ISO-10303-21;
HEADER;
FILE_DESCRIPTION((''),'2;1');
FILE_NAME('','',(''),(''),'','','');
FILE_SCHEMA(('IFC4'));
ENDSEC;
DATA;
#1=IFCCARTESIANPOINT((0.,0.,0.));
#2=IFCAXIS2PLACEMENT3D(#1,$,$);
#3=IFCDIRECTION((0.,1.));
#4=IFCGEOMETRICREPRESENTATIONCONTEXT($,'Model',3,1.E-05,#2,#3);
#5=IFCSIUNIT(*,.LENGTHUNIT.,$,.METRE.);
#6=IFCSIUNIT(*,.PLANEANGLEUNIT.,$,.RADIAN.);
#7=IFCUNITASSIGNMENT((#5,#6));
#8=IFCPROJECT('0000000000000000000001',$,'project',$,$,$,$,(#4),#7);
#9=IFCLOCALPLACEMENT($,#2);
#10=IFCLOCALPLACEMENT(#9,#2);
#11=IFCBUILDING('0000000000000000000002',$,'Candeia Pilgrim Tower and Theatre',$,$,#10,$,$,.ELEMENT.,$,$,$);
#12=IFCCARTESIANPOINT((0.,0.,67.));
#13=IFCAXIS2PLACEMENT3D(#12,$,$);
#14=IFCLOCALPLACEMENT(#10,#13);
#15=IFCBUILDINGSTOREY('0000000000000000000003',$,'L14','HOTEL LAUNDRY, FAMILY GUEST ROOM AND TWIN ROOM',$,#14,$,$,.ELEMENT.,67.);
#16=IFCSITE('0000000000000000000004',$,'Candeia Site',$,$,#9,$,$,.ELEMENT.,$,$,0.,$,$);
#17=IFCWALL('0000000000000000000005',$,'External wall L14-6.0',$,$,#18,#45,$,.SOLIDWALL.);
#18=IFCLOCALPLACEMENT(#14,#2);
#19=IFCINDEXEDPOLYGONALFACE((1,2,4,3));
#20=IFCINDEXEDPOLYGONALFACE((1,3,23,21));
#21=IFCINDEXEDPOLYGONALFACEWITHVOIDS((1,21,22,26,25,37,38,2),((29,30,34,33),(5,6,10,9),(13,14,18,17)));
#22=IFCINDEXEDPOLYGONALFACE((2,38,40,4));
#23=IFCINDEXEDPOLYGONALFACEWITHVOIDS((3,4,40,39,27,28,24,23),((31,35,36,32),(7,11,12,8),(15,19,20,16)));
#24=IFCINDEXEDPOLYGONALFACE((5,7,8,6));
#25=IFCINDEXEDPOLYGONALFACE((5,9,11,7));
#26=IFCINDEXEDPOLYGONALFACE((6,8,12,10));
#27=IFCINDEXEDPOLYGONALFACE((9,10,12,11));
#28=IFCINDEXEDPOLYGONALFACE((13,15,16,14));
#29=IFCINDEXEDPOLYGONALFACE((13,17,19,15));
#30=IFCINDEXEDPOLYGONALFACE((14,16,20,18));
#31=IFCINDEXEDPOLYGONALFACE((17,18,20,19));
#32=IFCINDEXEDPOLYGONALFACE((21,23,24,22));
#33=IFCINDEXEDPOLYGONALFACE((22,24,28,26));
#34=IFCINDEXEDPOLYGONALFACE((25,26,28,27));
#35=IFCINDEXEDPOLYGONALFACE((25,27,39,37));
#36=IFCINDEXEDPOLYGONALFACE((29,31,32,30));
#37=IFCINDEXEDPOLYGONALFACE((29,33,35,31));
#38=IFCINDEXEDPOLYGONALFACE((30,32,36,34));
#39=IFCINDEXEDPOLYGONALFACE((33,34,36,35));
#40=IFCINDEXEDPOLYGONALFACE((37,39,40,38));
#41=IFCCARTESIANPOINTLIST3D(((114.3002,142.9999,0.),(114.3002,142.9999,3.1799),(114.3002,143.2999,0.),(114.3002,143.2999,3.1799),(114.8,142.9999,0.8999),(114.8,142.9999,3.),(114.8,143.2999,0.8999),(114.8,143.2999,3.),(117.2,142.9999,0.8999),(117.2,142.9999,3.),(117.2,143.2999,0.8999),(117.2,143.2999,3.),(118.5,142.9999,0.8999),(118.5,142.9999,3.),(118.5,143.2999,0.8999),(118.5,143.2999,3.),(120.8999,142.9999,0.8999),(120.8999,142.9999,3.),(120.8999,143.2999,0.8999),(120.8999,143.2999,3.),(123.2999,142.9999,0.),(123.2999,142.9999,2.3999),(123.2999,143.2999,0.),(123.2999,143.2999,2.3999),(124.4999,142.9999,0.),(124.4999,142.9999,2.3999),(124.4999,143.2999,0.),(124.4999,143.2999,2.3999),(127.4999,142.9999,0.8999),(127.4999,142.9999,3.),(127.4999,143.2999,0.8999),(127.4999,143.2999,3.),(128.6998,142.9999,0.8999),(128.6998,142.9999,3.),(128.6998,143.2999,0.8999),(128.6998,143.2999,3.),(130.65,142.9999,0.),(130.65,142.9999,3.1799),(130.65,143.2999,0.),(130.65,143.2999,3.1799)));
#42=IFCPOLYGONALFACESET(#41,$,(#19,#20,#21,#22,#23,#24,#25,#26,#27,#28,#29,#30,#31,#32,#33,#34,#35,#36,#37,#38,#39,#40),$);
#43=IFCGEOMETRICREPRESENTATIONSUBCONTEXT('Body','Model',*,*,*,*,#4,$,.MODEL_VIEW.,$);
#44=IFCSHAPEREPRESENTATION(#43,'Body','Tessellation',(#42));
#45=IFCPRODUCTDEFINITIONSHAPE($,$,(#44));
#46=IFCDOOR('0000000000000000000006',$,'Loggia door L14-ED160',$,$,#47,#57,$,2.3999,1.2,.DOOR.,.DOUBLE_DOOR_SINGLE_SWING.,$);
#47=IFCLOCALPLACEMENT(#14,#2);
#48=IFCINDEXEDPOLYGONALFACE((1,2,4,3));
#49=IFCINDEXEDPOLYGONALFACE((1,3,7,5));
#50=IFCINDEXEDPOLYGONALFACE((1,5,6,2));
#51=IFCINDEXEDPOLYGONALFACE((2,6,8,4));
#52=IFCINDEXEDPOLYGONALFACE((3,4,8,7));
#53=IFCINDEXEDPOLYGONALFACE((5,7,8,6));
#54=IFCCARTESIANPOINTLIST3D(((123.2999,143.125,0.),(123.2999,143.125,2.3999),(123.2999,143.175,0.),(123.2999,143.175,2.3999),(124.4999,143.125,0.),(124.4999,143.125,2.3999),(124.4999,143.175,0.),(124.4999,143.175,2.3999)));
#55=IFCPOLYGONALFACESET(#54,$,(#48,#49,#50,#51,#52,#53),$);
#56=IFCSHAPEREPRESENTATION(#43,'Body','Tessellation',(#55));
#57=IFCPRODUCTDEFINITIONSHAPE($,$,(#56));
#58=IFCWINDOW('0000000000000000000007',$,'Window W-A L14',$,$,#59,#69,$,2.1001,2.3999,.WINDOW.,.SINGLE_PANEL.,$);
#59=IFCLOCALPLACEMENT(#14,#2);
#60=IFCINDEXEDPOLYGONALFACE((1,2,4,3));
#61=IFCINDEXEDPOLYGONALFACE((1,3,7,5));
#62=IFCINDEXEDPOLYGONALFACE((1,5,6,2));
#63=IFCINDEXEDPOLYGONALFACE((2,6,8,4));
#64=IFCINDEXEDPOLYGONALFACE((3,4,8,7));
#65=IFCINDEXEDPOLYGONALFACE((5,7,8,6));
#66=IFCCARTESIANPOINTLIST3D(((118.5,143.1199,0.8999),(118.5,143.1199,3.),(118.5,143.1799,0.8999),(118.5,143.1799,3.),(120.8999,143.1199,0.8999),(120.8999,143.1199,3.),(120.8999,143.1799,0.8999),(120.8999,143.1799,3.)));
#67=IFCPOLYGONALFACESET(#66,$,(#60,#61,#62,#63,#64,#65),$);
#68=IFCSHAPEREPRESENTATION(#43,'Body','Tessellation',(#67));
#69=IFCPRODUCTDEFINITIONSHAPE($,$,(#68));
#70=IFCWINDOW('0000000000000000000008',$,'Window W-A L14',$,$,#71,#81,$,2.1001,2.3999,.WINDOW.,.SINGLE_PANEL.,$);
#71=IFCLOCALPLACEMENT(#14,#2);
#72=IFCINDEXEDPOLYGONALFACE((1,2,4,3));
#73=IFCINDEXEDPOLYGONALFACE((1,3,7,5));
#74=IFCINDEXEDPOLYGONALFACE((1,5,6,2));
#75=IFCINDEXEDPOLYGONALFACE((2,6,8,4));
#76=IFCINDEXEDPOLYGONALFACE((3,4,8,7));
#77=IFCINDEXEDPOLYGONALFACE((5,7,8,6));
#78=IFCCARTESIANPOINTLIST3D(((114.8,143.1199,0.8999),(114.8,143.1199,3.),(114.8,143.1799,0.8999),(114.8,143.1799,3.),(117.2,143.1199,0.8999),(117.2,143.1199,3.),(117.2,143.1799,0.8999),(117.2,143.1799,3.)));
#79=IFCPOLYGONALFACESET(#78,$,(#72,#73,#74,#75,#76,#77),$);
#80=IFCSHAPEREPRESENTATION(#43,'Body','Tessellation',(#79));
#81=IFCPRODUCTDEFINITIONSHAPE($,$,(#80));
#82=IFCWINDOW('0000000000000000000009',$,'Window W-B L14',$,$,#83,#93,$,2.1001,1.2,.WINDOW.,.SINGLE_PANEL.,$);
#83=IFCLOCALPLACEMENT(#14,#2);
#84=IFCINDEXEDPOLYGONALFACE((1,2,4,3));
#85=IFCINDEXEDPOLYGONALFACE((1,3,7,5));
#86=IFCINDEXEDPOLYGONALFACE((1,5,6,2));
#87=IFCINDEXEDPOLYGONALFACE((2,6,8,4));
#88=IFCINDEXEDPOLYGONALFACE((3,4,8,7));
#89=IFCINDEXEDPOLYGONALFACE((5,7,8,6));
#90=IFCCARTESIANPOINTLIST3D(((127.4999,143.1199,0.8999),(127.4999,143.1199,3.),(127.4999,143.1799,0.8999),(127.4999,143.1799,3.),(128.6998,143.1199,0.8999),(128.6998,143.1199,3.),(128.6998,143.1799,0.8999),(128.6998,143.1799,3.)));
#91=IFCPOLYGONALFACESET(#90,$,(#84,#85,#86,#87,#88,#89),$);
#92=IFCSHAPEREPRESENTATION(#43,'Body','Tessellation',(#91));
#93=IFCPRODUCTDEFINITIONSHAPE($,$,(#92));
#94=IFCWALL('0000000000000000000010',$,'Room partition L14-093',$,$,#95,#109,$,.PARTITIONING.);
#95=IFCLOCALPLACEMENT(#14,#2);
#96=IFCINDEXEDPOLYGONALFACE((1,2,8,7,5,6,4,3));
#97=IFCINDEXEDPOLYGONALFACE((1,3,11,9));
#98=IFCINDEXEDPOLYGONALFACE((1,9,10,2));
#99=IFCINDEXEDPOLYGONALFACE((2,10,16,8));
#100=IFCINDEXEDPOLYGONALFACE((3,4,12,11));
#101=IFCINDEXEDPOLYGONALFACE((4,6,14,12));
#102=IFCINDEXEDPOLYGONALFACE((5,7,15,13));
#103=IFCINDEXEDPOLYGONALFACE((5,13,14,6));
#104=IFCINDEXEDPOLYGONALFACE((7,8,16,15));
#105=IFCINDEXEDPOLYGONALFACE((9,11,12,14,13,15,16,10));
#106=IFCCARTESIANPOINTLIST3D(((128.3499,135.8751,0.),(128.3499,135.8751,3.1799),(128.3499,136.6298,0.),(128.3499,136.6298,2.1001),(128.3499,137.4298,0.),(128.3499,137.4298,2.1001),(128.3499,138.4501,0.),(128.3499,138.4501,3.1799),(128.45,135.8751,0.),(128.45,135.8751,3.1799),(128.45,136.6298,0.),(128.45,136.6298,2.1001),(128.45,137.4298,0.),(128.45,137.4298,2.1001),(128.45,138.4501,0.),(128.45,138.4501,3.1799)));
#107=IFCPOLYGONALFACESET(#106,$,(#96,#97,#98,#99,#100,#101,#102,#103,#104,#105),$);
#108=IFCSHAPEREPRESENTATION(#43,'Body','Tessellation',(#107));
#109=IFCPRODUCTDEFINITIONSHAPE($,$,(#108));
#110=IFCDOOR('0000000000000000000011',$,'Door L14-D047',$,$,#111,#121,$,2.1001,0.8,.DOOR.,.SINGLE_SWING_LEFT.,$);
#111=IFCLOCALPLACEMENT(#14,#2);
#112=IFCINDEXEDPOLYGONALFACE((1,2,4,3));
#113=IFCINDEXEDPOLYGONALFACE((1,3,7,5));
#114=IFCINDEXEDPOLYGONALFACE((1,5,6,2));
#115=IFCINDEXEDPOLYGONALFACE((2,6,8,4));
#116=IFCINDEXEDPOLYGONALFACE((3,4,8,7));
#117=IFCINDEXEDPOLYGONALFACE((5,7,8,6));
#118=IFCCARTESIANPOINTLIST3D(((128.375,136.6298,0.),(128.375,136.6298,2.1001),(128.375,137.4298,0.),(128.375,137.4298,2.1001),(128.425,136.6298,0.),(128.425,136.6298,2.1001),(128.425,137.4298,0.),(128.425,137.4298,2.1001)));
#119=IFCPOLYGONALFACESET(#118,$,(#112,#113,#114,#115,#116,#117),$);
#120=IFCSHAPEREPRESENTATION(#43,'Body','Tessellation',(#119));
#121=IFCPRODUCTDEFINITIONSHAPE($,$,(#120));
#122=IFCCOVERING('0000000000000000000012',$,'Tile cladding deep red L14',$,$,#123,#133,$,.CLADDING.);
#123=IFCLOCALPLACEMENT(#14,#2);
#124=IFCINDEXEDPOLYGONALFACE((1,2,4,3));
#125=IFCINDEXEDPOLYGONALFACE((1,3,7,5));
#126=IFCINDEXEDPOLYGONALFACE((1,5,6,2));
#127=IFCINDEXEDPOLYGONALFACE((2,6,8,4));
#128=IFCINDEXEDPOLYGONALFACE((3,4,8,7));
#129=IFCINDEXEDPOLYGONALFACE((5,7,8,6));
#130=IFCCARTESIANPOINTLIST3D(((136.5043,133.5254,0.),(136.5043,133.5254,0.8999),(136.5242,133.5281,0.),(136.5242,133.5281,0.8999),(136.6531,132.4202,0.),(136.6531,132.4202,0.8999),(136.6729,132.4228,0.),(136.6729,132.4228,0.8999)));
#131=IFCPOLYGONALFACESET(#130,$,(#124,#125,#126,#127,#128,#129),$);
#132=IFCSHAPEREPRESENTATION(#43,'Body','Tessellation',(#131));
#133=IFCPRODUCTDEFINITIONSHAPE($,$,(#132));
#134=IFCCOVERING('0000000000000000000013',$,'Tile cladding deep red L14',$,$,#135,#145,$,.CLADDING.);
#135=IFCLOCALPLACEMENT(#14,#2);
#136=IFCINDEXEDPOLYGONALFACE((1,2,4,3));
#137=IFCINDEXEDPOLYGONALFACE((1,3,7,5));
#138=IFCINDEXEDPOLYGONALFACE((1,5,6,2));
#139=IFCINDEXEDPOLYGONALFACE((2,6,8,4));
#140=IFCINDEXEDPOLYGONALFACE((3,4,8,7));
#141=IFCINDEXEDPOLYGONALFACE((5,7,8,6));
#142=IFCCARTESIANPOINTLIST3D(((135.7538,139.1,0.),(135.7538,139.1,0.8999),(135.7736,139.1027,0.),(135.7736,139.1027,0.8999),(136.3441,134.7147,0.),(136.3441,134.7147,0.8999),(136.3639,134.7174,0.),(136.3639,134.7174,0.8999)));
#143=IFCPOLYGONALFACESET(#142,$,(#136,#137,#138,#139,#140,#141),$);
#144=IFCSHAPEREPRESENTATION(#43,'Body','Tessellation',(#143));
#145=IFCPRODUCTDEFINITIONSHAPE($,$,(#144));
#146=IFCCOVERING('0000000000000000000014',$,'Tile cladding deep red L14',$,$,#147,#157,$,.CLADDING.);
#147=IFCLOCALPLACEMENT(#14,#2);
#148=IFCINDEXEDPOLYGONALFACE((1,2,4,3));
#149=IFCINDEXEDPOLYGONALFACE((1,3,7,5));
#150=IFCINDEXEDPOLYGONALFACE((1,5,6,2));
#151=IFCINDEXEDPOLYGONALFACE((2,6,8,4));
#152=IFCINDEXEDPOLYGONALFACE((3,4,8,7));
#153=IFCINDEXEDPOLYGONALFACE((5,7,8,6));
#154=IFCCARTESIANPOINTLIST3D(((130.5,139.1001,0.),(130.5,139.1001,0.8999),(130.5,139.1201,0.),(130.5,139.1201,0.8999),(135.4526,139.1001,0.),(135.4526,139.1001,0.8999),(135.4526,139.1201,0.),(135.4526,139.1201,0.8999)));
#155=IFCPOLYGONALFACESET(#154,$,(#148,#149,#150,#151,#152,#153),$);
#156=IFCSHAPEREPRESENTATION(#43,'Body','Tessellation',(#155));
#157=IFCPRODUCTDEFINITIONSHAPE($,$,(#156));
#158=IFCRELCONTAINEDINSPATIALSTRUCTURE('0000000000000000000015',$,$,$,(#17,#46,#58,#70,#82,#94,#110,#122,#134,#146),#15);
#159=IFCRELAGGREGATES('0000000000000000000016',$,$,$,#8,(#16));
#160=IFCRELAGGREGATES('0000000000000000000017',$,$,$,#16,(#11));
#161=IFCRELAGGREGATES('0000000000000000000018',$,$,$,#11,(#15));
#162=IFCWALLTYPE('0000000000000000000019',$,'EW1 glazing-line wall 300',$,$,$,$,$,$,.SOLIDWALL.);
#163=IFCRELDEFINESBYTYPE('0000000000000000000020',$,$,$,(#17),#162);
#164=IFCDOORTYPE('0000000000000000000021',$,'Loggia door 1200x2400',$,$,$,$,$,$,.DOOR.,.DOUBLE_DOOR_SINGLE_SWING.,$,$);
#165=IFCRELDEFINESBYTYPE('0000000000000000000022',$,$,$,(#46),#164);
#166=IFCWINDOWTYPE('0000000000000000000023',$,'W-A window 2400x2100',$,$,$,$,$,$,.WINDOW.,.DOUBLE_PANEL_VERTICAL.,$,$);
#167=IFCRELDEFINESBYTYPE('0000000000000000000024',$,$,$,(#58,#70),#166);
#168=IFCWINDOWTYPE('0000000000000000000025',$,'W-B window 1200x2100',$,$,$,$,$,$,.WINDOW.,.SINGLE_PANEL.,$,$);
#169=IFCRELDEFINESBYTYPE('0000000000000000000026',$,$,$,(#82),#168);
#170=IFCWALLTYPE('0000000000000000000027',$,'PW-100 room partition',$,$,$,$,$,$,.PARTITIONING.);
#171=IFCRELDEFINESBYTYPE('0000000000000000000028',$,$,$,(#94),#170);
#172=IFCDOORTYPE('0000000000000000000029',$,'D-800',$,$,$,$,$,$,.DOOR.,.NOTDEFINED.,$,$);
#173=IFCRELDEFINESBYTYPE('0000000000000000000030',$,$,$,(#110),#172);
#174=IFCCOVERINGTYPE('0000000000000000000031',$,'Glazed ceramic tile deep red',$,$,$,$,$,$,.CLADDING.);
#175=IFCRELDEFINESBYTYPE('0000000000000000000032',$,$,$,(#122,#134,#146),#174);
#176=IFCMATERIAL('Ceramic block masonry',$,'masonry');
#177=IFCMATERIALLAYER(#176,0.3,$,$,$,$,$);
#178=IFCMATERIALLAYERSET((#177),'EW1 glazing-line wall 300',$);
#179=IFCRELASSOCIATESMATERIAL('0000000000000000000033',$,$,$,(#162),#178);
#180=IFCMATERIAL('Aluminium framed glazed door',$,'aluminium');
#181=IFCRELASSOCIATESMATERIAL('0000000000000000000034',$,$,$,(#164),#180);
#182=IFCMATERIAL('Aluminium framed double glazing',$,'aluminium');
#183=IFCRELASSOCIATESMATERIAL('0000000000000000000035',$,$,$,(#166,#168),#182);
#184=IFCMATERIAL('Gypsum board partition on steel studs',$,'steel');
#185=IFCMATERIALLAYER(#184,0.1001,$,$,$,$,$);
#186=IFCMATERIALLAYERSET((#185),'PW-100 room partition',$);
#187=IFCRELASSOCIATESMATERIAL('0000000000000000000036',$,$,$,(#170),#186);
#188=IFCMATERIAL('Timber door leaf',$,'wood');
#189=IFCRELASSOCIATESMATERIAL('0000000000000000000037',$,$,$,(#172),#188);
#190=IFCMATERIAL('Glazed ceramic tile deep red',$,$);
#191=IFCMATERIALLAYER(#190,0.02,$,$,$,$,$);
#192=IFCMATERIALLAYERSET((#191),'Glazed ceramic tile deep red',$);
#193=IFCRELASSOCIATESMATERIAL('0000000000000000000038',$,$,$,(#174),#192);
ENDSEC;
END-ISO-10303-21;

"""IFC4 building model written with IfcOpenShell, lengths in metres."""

from ifc_helpers import new_model, si_unit, direction, frame, frame_2d, origin, origin_2d, place, context, subcontext, project, spatial, rectangle, extrude, material, layer, layer_set, type_object, element, fill, save


model = new_model("IFC4")

# Units and contexts
model_context = context("Model", 3, precision=1e-05, world=origin(), true_north=direction((0.0, 1.0)))
body_context = subcontext(model_context, "Body", "Model", "MODEL_VIEW")
ifc_project = project(units=[si_unit("LENGTHUNIT", "METRE"), si_unit("PLANEANGLEUNIT", "RADIAN")], contexts=[model_context])

# Site, building, storey
site_placement = place(None, origin())
site = spatial("IfcSite", under=ifc_project, at=site_placement, Name="Candeia Site", CompositionType="ELEMENT", RefElevation=0.0)
building_placement = place(site_placement, origin())
building = spatial("IfcBuilding", under=site, at=building_placement, Name="Candeia Pilgrim Tower and Theatre", CompositionType="ELEMENT")
storey_placement = place(building_placement, frame((0.0, 0.0, 67.0)))
storey = spatial("IfcBuildingStorey", under=building, at=storey_placement, Name="L14", Description="HOTEL LAUNDRY, FAMILY GUEST ROOM AND TWIN ROOM", CompositionType="ELEMENT", Elevation=67.0)

# Shared definitions
ifc_material_1 = material(Name="Ceramic block masonry", Category="masonry")
ifc_layer_1 = layer(ifc_material_1, 0.3)
ifc_layer_set_1 = layer_set([ifc_layer_1], Name="EW1 glazing-line wall 300")
wall_type_1 = type_object("IfcWallType", Name="EW1 glazing-line wall 300", PredefinedType="SOLIDWALL", material=ifc_layer_set_1)
ifc_material_2 = material(Name="Aluminium framed glazed door", Category="aluminium")
door_type_1 = type_object("IfcDoorType", Name="Loggia door 1200x2400", OperationType="DOUBLE_DOOR_SINGLE_SWING", PredefinedType="DOOR", material=ifc_material_2)
ifc_material_3 = material(Name="Aluminium framed double glazing", Category="aluminium")
window_type_1 = type_object("IfcWindowType", Name="W-A window 2400x2100", PartitioningType="DOUBLE_PANEL_VERTICAL", PredefinedType="WINDOW", material=ifc_material_3)

# Shared definitions
window_type_2 = type_object("IfcWindowType", Name="W-B window 1200x2100", PartitioningType="SINGLE_PANEL", PredefinedType="WINDOW", material=ifc_material_3)

# Wall, openings, door, windows
wall_1_placement = place(storey_placement, frame((130.6499, 143.1499, 0.0), z_axis=(0.0, 0.0, 1.0), x_axis=(-1.0, 0.0, 0.0)))
wall_1 = element("IfcWall", 1, at=wall_1_placement, inside=storey, type_object=wall_type_1, Name="External wall L14-6.0", PredefinedType="SOLIDWALL", context=body_context, shape_type="SweptSolid", body=[
    extrude(rectangle(XDim=16.3499, YDim=0.3, at=frame_2d((8.1748, 0.0))), origin(), (0.0, 0.0, 1.0), 3.1799),
])
opening_1_placement = place(wall_1_placement, frame((1.95, 0.0, 0.8999)))
opening_1 = element("IfcOpeningElement", 2, at=opening_1_placement, cuts=wall_1, PredefinedType="OPENING", context=body_context, shape_type="SweptSolid", body=[
    extrude(rectangle(XDim=1.2, YDim=2.1001, at=frame_2d((0.6001, 1.05))), frame((0.0, 0.1602, 0.0), z_axis=(0.0, -1.0, 0.0), x_axis=(1.0, 0.0, 0.0)), (0.0, 0.0, 1.0), 0.3201),
])
opening_2_placement = place(wall_1_placement, frame((6.1499, 0.0, 0.0)))
opening_2 = element("IfcOpeningElement", 3, at=opening_2_placement, cuts=wall_1, PredefinedType="OPENING", context=body_context, shape_type="SweptSolid", body=[
    extrude(rectangle(XDim=1.2, YDim=2.3999, at=frame_2d((0.6001, 1.2))), frame((0.0, 0.1602, 0.0), z_axis=(0.0, -1.0, 0.0), x_axis=(1.0, 0.0, 0.0)), (0.0, 0.0, 1.0), 0.3201),
])
opening_3_placement = place(wall_1_placement, frame((9.75, 0.0, 0.8999)))
opening_3 = element("IfcOpeningElement", 4, at=opening_3_placement, cuts=wall_1, PredefinedType="OPENING", context=body_context, shape_type="SweptSolid", body=[
    extrude(rectangle(XDim=2.3999, YDim=2.1001, at=frame_2d((1.2, 1.05))), frame((0.0, 0.1602, 0.0), z_axis=(0.0, -1.0, 0.0), x_axis=(1.0, 0.0, 0.0)), (0.0, 0.0, 1.0), 0.3201),
])
opening_4_placement = place(wall_1_placement, frame((13.45, 0.0, 0.8999)))
opening_4 = element("IfcOpeningElement", 5, at=opening_4_placement, cuts=wall_1, PredefinedType="OPENING", context=body_context, shape_type="SweptSolid", body=[
    extrude(rectangle(XDim=2.3999, YDim=2.1001, at=frame_2d((1.2, 1.05))), frame((0.0, 0.1602, 0.0), z_axis=(0.0, -1.0, 0.0), x_axis=(1.0, 0.0, 0.0)), (0.0, 0.0, 1.0), 0.3201),
])
door_1_placement = place(opening_2_placement, origin())
door_1 = element("IfcDoor", 6, at=door_1_placement, inside=storey, type_object=door_type_1, Name="Loggia door L14-ED160", OperationType="DOUBLE_DOOR_SINGLE_SWING", OverallHeight=2.3999, OverallWidth=1.2, PredefinedType="DOOR", context=body_context, shape_type="SweptSolid", body=[
    extrude(rectangle(XDim=1.2, YDim=2.3999, at=frame_2d((0.6001, 1.2))), frame((0.0, 0.0249, 0.0), z_axis=(0.0, -1.0, 0.0), x_axis=(1.0, 0.0, 0.0)), (0.0, 0.0, 1.0), 0.05),
])
fill(opening_2, door_1)
window_1_placement = place(opening_3_placement, origin())
window_1 = element("IfcWindow", 7, at=window_1_placement, inside=storey, type_object=window_type_1, Name="Window W-A L14", OverallHeight=2.1001, OverallWidth=2.3999, PartitioningType="SINGLE_PANEL", PredefinedType="WINDOW", context=body_context, shape_type="SweptSolid", body=[
    extrude(rectangle(XDim=2.3999, YDim=2.1001, at=frame_2d((1.2, 1.05))), frame((0.0, 0.03, 0.0), z_axis=(0.0, -1.0, 0.0), x_axis=(1.0, 0.0, 0.0)), (0.0, 0.0, 1.0), 0.0601),
])
fill(opening_3, window_1)
window_2_placement = place(opening_4_placement, origin())
window_2 = element("IfcWindow", 8, at=window_2_placement, inside=storey, type_object=window_type_1, Name="Window W-A L14", OverallHeight=2.1001, OverallWidth=2.3999, PartitioningType="SINGLE_PANEL", PredefinedType="WINDOW", context=body_context, shape_type="SweptSolid", body=[
    extrude(rectangle(XDim=2.3999, YDim=2.1001, at=frame_2d((1.2, 1.05))), frame((0.0, 0.03, 0.0), z_axis=(0.0, -1.0, 0.0), x_axis=(1.0, 0.0, 0.0)), (0.0, 0.0, 1.0), 0.0601),
])
fill(opening_4, window_2)
window_3_placement = place(opening_1_placement, origin())
window_3 = element("IfcWindow", 9, at=window_3_placement, inside=storey, type_object=window_type_2, Name="Window W-B L14", OverallHeight=2.1001, OverallWidth=1.2, PartitioningType="SINGLE_PANEL", PredefinedType="WINDOW", context=body_context, shape_type="SweptSolid", body=[
    extrude(rectangle(XDim=1.2, YDim=2.1001, at=frame_2d((0.6001, 1.05))), frame((0.0, 0.03, 0.0), z_axis=(0.0, -1.0, 0.0), x_axis=(1.0, 0.0, 0.0)), (0.0, 0.0, 1.0), 0.0601),
])
fill(opening_1, window_3)

# Wall, opening, door
ifc_material_4 = material(Name="Gypsum board partition on steel studs", Category="steel")
ifc_layer_2 = layer(ifc_material_4, 0.1001)
ifc_layer_set_2 = layer_set([ifc_layer_2], Name="PW-100 room partition")
wall_type_2 = type_object("IfcWallType", Name="PW-100 room partition", PredefinedType="PARTITIONING", material=ifc_layer_set_2)
wall_2_placement = place(storey_placement, frame((128.3999, 135.875, 0.0), z_axis=(0.0, 0.0, 1.0), x_axis=(0.0, 1.0, 0.0)))
wall_2 = element("IfcWall", 10, at=wall_2_placement, inside=storey, type_object=wall_type_2, Name="Room partition L14-093", PredefinedType="PARTITIONING", context=body_context, shape_type="SweptSolid", body=[
    extrude(rectangle(XDim=2.575, YDim=0.1001, at=frame_2d((1.2876, 0.0))), origin(), (0.0, 0.0, 1.0), 3.1799),
])
opening_5_placement = place(wall_2_placement, frame((0.7549, 0.0, 0.0)))
opening_5 = element("IfcOpeningElement", 11, at=opening_5_placement, cuts=wall_2, PredefinedType="OPENING", context=body_context, shape_type="SweptSolid", body=[
    extrude(rectangle(XDim=0.8, YDim=2.1001, at=frame_2d((0.3999, 1.05))), frame((0.0, 0.0601, 0.0), z_axis=(0.0, -1.0, 0.0), x_axis=(1.0, 0.0, 0.0)), (0.0, 0.0, 1.0), 0.1201),
])
ifc_material_5 = material(Name="Timber door leaf", Category="wood")
door_type_2 = type_object("IfcDoorType", Name="D-800", OperationType="NOTDEFINED", PredefinedType="DOOR", material=ifc_material_5)
door_2_placement = place(opening_5_placement, origin())
door_2 = element("IfcDoor", 12, at=door_2_placement, inside=storey, type_object=door_type_2, Name="Door L14-D047", OperationType="SINGLE_SWING_LEFT", OverallHeight=2.1001, OverallWidth=0.8, PredefinedType="DOOR", context=body_context, shape_type="SweptSolid", body=[
    extrude(rectangle(XDim=0.8, YDim=2.1001, at=frame_2d((0.3999, 1.05))), frame((0.0, 0.0249, 0.0), z_axis=(0.0, -1.0, 0.0), x_axis=(1.0, 0.0, 0.0)), (0.0, 0.0, 1.0), 0.05),
])
fill(opening_5, door_2)

# Coverings
ifc_material_6 = material(Name="Glazed ceramic tile deep red")
ifc_layer_3 = layer(ifc_material_6, 0.02)
ifc_layer_set_3 = layer_set([ifc_layer_3], Name="Glazed ceramic tile deep red")
covering_type = type_object("IfcCoveringType", Name="Glazed ceramic tile deep red", PredefinedType="CLADDING", material=ifc_layer_set_3)
covering_1_placement = place(storey_placement, frame((136.5886, 132.9741, 0.0), z_axis=(0.0, 0.0, 1.0), x_axis=(-0.133412, 0.991061, 0.0)))
element("IfcCovering", 13, at=covering_1_placement, inside=storey, type_object=covering_type, Name="Tile cladding deep red L14", PredefinedType="CLADDING", context=body_context, shape_type="SweptSolid", body=[
    extrude(rectangle(XDim=1.1152, YDim=0.02, at=origin_2d()), origin(), (0.0, 0.0, 1.0), 0.8999),
])
covering_2_placement = place(storey_placement, frame((136.0588, 136.9087, 0.0), z_axis=(0.0, 0.0, 1.0), x_axis=(-0.133412, 0.991061, 0.0)))
element("IfcCovering", 14, at=covering_2_placement, inside=storey, type_object=covering_type, Name="Tile cladding deep red L14", PredefinedType="CLADDING", context=body_context, shape_type="SweptSolid", body=[
    extrude(rectangle(XDim=4.4248, YDim=0.02, at=origin_2d()), origin(), (0.0, 0.0, 1.0), 0.8999),
])
covering_3_placement = place(storey_placement, frame((132.9763, 139.1101, 0.0), z_axis=(0.0, 0.0, 1.0), x_axis=(-1.0, 0.0, 0.0)))
element("IfcCovering", 15, at=covering_3_placement, inside=storey, type_object=covering_type, Name="Tile cladding deep red L14", PredefinedType="CLADDING", context=body_context, shape_type="SweptSolid", body=[
    extrude(rectangle(XDim=4.9526, YDim=0.02, at=origin_2d()), origin(), (0.0, 0.0, 1.0), 0.8999),
])

save(model, "model.ifc")
